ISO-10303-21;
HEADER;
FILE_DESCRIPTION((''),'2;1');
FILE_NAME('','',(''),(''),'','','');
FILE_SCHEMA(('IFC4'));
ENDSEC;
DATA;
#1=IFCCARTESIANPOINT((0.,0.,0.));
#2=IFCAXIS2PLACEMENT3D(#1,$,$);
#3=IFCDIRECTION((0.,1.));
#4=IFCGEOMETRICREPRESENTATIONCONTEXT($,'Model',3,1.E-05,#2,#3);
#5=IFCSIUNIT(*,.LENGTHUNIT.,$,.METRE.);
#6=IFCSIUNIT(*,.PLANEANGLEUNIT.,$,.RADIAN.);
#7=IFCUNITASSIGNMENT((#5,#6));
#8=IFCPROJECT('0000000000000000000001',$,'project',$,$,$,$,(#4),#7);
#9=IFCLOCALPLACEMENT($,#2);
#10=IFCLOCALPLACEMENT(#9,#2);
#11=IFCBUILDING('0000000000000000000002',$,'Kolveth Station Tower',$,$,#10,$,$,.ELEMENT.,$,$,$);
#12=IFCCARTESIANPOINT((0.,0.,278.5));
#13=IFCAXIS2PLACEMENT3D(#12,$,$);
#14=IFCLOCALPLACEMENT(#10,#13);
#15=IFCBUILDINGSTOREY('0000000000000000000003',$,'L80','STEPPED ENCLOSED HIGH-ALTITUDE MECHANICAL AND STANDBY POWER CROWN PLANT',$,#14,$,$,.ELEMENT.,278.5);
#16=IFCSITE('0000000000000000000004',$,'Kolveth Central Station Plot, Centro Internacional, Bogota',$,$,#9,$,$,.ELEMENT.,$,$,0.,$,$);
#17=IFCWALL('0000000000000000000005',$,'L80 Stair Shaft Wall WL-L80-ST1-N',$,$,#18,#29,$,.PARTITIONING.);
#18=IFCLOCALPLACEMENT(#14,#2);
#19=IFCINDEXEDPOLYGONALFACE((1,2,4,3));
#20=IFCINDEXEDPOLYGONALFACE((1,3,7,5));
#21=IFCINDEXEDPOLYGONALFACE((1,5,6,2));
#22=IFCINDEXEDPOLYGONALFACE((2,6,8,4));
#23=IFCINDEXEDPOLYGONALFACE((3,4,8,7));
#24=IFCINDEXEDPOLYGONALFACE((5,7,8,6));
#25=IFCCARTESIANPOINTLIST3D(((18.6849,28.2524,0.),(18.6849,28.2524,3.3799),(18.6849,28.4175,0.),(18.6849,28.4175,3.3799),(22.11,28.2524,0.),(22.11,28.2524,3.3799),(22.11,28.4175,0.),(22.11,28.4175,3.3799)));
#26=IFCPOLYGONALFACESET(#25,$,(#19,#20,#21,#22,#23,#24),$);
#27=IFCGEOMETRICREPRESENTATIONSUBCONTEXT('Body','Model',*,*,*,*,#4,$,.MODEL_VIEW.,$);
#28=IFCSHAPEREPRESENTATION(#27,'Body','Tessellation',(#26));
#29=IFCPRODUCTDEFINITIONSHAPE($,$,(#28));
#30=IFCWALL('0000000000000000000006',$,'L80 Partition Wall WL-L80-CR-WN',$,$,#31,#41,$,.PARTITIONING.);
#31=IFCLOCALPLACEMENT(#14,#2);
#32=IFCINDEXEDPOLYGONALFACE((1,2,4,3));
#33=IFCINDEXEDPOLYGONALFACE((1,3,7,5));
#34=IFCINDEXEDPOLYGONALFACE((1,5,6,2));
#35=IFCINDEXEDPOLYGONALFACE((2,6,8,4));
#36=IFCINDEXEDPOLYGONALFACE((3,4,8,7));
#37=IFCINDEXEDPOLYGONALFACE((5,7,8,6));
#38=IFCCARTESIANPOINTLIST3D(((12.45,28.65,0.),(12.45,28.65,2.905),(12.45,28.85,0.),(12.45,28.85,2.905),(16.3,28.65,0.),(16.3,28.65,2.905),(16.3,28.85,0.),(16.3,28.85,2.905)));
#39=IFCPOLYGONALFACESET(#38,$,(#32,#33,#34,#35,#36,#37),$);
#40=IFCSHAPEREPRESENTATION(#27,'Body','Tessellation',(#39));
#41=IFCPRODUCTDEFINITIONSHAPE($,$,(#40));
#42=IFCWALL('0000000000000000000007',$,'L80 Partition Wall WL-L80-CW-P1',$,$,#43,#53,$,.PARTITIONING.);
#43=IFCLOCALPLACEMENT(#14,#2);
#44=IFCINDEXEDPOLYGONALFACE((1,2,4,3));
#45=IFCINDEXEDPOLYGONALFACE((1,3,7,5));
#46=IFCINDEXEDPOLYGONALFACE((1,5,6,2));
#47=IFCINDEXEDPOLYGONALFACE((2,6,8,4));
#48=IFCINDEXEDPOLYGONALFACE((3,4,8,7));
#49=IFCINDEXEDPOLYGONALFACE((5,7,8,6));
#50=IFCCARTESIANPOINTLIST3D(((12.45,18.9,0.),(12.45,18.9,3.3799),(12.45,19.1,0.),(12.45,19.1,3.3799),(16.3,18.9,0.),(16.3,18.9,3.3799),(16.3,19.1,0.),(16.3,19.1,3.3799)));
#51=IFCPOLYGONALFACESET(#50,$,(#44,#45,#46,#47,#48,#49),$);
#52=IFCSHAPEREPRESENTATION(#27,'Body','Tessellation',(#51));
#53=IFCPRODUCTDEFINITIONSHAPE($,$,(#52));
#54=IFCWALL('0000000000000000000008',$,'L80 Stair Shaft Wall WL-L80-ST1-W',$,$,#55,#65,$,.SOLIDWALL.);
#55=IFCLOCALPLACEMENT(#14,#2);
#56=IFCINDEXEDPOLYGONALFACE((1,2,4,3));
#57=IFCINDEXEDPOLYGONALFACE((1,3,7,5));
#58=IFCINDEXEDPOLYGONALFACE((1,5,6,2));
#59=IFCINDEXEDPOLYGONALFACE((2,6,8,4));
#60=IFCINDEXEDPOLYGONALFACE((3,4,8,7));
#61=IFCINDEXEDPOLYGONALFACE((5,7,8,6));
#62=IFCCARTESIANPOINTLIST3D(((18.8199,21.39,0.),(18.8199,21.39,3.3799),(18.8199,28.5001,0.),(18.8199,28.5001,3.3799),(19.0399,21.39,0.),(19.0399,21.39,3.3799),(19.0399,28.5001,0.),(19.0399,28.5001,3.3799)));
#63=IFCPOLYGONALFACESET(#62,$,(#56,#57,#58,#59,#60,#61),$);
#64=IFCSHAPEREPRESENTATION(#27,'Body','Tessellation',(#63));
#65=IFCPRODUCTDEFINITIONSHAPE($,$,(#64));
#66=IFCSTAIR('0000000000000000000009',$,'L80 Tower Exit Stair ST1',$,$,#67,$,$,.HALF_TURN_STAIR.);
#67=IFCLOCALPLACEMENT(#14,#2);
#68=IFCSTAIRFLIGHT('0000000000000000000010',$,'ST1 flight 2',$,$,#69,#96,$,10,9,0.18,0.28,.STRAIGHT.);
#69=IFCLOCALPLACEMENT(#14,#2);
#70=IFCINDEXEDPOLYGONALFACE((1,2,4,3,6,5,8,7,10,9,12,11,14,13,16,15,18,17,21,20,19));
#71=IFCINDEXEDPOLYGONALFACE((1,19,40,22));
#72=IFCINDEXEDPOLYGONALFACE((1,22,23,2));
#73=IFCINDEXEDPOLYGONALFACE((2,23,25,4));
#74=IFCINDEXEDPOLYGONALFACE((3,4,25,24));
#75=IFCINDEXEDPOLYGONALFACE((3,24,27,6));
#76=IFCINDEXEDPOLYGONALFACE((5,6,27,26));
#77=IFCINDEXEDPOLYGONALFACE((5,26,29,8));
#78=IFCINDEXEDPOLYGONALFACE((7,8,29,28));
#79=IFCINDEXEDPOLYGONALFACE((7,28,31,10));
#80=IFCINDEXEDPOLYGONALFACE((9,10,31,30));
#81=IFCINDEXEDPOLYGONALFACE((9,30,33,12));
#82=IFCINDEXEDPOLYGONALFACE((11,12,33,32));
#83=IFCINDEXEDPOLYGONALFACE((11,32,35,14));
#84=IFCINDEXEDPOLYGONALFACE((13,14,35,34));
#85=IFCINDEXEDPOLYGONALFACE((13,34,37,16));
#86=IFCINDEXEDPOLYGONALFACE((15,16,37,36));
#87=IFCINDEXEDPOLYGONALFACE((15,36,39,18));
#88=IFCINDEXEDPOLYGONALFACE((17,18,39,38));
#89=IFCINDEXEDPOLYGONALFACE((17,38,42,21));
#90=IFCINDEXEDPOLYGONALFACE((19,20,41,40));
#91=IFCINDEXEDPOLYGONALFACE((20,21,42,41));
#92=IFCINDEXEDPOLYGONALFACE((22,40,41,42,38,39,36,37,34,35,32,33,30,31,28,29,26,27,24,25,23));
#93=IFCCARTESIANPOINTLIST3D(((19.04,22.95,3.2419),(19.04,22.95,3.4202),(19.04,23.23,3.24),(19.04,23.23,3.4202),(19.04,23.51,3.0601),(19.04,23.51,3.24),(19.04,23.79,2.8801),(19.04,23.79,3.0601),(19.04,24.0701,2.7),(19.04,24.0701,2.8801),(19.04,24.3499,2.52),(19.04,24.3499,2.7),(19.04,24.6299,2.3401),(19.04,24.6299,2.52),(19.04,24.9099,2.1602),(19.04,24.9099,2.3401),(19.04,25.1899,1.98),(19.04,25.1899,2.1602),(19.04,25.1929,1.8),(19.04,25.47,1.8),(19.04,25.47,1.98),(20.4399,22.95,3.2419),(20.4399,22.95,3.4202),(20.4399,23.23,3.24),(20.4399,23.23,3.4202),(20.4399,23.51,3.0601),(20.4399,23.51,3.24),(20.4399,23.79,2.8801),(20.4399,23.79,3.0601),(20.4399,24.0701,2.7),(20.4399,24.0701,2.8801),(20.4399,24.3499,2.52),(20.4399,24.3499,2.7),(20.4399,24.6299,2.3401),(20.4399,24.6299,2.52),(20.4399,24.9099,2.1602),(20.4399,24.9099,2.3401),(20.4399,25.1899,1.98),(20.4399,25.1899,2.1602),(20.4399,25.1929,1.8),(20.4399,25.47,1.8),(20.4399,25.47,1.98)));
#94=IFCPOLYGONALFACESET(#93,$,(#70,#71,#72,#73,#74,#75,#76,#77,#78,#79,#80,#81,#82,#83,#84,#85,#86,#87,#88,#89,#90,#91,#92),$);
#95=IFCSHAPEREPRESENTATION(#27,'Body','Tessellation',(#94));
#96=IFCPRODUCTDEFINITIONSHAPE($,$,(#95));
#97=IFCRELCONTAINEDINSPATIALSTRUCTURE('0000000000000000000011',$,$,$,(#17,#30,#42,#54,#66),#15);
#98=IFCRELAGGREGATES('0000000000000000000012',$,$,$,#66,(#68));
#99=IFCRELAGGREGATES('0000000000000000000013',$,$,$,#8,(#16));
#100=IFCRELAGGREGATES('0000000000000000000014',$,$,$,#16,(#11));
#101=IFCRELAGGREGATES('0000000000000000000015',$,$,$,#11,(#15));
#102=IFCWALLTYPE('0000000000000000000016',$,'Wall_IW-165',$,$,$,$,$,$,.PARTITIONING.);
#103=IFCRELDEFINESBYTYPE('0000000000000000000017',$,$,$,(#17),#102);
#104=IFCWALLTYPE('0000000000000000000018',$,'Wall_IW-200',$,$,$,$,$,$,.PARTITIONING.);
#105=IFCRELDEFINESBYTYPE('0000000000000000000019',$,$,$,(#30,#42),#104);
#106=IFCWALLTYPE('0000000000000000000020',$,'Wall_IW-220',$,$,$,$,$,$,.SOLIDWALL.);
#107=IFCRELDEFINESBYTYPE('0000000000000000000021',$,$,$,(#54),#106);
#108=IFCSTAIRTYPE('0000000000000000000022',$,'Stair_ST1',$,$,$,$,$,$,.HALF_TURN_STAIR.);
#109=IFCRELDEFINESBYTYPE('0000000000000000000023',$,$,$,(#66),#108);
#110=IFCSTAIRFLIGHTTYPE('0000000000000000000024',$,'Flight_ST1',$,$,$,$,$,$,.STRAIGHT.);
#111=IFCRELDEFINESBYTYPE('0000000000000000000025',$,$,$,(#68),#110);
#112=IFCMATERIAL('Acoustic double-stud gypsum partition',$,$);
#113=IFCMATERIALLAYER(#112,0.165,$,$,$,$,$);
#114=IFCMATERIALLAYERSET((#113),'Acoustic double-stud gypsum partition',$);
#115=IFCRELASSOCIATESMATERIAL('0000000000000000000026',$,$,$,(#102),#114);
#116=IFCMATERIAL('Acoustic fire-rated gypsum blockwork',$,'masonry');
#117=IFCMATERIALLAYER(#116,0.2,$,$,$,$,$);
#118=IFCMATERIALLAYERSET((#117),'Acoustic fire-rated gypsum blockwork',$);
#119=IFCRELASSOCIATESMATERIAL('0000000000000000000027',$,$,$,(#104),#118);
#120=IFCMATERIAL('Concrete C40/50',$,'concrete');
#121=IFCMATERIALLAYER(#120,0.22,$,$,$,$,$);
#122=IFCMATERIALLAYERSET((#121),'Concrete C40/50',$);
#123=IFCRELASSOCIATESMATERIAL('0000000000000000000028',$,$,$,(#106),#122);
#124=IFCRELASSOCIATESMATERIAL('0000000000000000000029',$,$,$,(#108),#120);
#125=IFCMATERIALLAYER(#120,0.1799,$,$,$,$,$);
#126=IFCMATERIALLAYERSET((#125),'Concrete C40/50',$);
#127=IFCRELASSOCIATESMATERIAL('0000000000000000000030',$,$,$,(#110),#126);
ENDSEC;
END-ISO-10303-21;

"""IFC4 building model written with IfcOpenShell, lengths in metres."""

from ifc_helpers import new_model, si_unit, direction, frame, frame_2d, origin, place, context, subcontext, project, spatial, polyline, rectangle, outline, extrude, material, layer, layer_set, type_object, element, aggregate, save


model = new_model("IFC4")

# Units and contexts
model_context = context("Model", 3, precision=1e-05, world=origin(), true_north=direction((0.0, 1.0)))
body_context = subcontext(model_context, "Body", "Model", "MODEL_VIEW")
ifc_project = project(units=[si_unit("LENGTHUNIT", "METRE"), si_unit("PLANEANGLEUNIT", "RADIAN")], contexts=[model_context])

# Site, building, storey
site_placement = place(None, origin())
site = spatial("IfcSite", under=ifc_project, at=site_placement, Name="Kolveth Central Station Plot, Centro Internacional, Bogota", CompositionType="ELEMENT", RefElevation=0.0)
building_placement = place(site_placement, origin())
building = spatial("IfcBuilding", under=site, at=building_placement, Name="Kolveth Station Tower", CompositionType="ELEMENT")
storey_placement = place(building_placement, frame((0.0, 0.0, 278.5)))
storey = spatial("IfcBuildingStorey", under=building, at=storey_placement, Name="L80", Description="STEPPED ENCLOSED HIGH-ALTITUDE MECHANICAL AND STANDBY POWER CROWN PLANT", CompositionType="ELEMENT", Elevation=278.5)

# Walls
ifc_material_1 = material(Name="Acoustic double-stud gypsum partition")
ifc_layer_1 = layer(ifc_material_1, 0.165)
ifc_layer_set_1 = layer_set([ifc_layer_1], Name="Acoustic double-stud gypsum partition")
wall_type_1 = type_object("IfcWallType", Name="Wall_IW-165", PredefinedType="PARTITIONING", material=ifc_layer_set_1)
wall_1_placement = place(storey_placement, frame((18.6851, 28.335, 0.0), z_axis=(0.0, 0.0, 1.0), x_axis=(1.0, 0.0, 0.0)))
element("IfcWall", 1, at=wall_1_placement, inside=storey, type_object=wall_type_1, Name="L80 Stair Shaft Wall WL-L80-ST1-N", PredefinedType="PARTITIONING", context=body_context, shape_type="SweptSolid", body=[
    extrude(rectangle(XDim=3.425, YDim=0.165, at=frame_2d((1.7124, 0.0))), origin(), (0.0, 0.0, 1.0), 3.3799),
])
ifc_material_2 = material(Name="Acoustic fire-rated gypsum blockwork", Category="masonry")
ifc_layer_2 = layer(ifc_material_2, 0.2)
ifc_layer_set_2 = layer_set([ifc_layer_2], Name="Acoustic fire-rated gypsum blockwork")
wall_type_2 = type_object("IfcWallType", Name="Wall_IW-200", PredefinedType="PARTITIONING", material=ifc_layer_set_2)
wall_2_placement = place(storey_placement, frame((12.45, 28.75, 0.0), z_axis=(0.0, 0.0, 1.0), x_axis=(1.0, 0.0, 0.0)))
element("IfcWall", 2, at=wall_2_placement, inside=storey, type_object=wall_type_2, Name="L80 Partition Wall WL-L80-CR-WN", PredefinedType="PARTITIONING", context=body_context, shape_type="SweptSolid", body=[
    extrude(rectangle(XDim=3.8501, YDim=0.2, at=frame_2d((1.925, 0.0))), origin(), (0.0, 0.0, 1.0), 2.905),
])
wall_3_placement = place(storey_placement, frame((12.45, 19.0, 0.0), z_axis=(0.0, 0.0, 1.0), x_axis=(1.0, 0.0, 0.0)))
element("IfcWall", 3, at=wall_3_placement, inside=storey, type_object=wall_type_2, Name="L80 Partition Wall WL-L80-CW-P1", PredefinedType="PARTITIONING", context=body_context, shape_type="SweptSolid", body=[
    extrude(rectangle(XDim=3.8501, YDim=0.2, at=frame_2d((1.925, 0.0))), origin(), (0.0, 0.0, 1.0), 3.3799),
])
ifc_material_3 = material(Name="Concrete C40/50", Category="concrete")
ifc_layer_3 = layer(ifc_material_3, 0.22)
ifc_layer_set_3 = layer_set([ifc_layer_3], Name="Concrete C40/50")
wall_type_3 = type_object("IfcWallType", Name="Wall_IW-220", PredefinedType="SOLIDWALL", material=ifc_layer_set_3)
wall_4_placement = place(storey_placement, frame((18.9299, 21.3899, 0.0), z_axis=(0.0, 0.0, 1.0), x_axis=(0.0, 1.0, 0.0)))
element("IfcWall", 4, at=wall_4_placement, inside=storey, type_object=wall_type_3, Name="L80 Stair Shaft Wall WL-L80-ST1-W", PredefinedType="SOLIDWALL", context=body_context, shape_type="SweptSolid", body=[
    extrude(rectangle(XDim=7.1101, YDim=0.22, at=frame_2d((3.5552, 0.0))), origin(), (0.0, 0.0, 1.0), 3.3799),
])

# Stair, stair flight
stair_type = type_object("IfcStairType", Name="Stair_ST1", PredefinedType="HALF_TURN_STAIR", material=ifc_material_3)
stair_placement = place(storey_placement, origin())
stair = element("IfcStair", 5, at=stair_placement, inside=storey, type_object=stair_type, Name="L80 Tower Exit Stair ST1", PredefinedType="HALF_TURN_STAIR")
ifc_layer_4 = layer(ifc_material_3, 0.1799)
ifc_layer_set_4 = layer_set([ifc_layer_4], Name="Concrete C40/50")
stair_flight_type = type_object("IfcStairFlightType", Name="Flight_ST1", PredefinedType="STRAIGHT", material=ifc_layer_set_4)
stair_flight_placement = place(storey_placement, frame((19.74, 25.47, 1.8), z_axis=(0.0, 0.0, 1.0), x_axis=(0.0, -1.0, 0.0)))
stair_flight = element("IfcStairFlight", 6, at=stair_flight_placement, type_object=stair_flight_type, Name="ST1 flight 2", NumberOfRisers=10, NumberOfTreads=9, PredefinedType="STRAIGHT", RiserHeight=0.18, TreadLength=0.28, context=body_context, shape_type="SweptSolid", body=[
    extrude(outline(polyline([(0.0, 0.0), (0.0, 0.1799), (0.28, 0.1799), (0.28, 0.3601), (0.5601, 0.3601), (0.5601, 0.54), (0.8401, 0.54), (0.8401, 0.72), (1.1201, 0.72), (1.1201, 0.8999), (1.3999, 0.8999), (1.3999, 1.0801), (1.6799, 1.0801), (1.6799, 1.26), (1.96, 1.26), (1.96, 1.4399), (2.24, 1.4399), (2.24, 1.6201), (2.52, 1.6201), (2.52, 1.8), (2.52, 1.4419), (0.2771, 0.0), (0.0, 0.0)])), frame((0.0, 0.7, 0.0), z_axis=(0.0, -1.0, 0.0), x_axis=(1.0, 0.0, 0.0)), (0.0, 0.0, 1.0), 1.3999),
])
aggregate(stair, [stair_flight])

save(model, "model.ifc")
